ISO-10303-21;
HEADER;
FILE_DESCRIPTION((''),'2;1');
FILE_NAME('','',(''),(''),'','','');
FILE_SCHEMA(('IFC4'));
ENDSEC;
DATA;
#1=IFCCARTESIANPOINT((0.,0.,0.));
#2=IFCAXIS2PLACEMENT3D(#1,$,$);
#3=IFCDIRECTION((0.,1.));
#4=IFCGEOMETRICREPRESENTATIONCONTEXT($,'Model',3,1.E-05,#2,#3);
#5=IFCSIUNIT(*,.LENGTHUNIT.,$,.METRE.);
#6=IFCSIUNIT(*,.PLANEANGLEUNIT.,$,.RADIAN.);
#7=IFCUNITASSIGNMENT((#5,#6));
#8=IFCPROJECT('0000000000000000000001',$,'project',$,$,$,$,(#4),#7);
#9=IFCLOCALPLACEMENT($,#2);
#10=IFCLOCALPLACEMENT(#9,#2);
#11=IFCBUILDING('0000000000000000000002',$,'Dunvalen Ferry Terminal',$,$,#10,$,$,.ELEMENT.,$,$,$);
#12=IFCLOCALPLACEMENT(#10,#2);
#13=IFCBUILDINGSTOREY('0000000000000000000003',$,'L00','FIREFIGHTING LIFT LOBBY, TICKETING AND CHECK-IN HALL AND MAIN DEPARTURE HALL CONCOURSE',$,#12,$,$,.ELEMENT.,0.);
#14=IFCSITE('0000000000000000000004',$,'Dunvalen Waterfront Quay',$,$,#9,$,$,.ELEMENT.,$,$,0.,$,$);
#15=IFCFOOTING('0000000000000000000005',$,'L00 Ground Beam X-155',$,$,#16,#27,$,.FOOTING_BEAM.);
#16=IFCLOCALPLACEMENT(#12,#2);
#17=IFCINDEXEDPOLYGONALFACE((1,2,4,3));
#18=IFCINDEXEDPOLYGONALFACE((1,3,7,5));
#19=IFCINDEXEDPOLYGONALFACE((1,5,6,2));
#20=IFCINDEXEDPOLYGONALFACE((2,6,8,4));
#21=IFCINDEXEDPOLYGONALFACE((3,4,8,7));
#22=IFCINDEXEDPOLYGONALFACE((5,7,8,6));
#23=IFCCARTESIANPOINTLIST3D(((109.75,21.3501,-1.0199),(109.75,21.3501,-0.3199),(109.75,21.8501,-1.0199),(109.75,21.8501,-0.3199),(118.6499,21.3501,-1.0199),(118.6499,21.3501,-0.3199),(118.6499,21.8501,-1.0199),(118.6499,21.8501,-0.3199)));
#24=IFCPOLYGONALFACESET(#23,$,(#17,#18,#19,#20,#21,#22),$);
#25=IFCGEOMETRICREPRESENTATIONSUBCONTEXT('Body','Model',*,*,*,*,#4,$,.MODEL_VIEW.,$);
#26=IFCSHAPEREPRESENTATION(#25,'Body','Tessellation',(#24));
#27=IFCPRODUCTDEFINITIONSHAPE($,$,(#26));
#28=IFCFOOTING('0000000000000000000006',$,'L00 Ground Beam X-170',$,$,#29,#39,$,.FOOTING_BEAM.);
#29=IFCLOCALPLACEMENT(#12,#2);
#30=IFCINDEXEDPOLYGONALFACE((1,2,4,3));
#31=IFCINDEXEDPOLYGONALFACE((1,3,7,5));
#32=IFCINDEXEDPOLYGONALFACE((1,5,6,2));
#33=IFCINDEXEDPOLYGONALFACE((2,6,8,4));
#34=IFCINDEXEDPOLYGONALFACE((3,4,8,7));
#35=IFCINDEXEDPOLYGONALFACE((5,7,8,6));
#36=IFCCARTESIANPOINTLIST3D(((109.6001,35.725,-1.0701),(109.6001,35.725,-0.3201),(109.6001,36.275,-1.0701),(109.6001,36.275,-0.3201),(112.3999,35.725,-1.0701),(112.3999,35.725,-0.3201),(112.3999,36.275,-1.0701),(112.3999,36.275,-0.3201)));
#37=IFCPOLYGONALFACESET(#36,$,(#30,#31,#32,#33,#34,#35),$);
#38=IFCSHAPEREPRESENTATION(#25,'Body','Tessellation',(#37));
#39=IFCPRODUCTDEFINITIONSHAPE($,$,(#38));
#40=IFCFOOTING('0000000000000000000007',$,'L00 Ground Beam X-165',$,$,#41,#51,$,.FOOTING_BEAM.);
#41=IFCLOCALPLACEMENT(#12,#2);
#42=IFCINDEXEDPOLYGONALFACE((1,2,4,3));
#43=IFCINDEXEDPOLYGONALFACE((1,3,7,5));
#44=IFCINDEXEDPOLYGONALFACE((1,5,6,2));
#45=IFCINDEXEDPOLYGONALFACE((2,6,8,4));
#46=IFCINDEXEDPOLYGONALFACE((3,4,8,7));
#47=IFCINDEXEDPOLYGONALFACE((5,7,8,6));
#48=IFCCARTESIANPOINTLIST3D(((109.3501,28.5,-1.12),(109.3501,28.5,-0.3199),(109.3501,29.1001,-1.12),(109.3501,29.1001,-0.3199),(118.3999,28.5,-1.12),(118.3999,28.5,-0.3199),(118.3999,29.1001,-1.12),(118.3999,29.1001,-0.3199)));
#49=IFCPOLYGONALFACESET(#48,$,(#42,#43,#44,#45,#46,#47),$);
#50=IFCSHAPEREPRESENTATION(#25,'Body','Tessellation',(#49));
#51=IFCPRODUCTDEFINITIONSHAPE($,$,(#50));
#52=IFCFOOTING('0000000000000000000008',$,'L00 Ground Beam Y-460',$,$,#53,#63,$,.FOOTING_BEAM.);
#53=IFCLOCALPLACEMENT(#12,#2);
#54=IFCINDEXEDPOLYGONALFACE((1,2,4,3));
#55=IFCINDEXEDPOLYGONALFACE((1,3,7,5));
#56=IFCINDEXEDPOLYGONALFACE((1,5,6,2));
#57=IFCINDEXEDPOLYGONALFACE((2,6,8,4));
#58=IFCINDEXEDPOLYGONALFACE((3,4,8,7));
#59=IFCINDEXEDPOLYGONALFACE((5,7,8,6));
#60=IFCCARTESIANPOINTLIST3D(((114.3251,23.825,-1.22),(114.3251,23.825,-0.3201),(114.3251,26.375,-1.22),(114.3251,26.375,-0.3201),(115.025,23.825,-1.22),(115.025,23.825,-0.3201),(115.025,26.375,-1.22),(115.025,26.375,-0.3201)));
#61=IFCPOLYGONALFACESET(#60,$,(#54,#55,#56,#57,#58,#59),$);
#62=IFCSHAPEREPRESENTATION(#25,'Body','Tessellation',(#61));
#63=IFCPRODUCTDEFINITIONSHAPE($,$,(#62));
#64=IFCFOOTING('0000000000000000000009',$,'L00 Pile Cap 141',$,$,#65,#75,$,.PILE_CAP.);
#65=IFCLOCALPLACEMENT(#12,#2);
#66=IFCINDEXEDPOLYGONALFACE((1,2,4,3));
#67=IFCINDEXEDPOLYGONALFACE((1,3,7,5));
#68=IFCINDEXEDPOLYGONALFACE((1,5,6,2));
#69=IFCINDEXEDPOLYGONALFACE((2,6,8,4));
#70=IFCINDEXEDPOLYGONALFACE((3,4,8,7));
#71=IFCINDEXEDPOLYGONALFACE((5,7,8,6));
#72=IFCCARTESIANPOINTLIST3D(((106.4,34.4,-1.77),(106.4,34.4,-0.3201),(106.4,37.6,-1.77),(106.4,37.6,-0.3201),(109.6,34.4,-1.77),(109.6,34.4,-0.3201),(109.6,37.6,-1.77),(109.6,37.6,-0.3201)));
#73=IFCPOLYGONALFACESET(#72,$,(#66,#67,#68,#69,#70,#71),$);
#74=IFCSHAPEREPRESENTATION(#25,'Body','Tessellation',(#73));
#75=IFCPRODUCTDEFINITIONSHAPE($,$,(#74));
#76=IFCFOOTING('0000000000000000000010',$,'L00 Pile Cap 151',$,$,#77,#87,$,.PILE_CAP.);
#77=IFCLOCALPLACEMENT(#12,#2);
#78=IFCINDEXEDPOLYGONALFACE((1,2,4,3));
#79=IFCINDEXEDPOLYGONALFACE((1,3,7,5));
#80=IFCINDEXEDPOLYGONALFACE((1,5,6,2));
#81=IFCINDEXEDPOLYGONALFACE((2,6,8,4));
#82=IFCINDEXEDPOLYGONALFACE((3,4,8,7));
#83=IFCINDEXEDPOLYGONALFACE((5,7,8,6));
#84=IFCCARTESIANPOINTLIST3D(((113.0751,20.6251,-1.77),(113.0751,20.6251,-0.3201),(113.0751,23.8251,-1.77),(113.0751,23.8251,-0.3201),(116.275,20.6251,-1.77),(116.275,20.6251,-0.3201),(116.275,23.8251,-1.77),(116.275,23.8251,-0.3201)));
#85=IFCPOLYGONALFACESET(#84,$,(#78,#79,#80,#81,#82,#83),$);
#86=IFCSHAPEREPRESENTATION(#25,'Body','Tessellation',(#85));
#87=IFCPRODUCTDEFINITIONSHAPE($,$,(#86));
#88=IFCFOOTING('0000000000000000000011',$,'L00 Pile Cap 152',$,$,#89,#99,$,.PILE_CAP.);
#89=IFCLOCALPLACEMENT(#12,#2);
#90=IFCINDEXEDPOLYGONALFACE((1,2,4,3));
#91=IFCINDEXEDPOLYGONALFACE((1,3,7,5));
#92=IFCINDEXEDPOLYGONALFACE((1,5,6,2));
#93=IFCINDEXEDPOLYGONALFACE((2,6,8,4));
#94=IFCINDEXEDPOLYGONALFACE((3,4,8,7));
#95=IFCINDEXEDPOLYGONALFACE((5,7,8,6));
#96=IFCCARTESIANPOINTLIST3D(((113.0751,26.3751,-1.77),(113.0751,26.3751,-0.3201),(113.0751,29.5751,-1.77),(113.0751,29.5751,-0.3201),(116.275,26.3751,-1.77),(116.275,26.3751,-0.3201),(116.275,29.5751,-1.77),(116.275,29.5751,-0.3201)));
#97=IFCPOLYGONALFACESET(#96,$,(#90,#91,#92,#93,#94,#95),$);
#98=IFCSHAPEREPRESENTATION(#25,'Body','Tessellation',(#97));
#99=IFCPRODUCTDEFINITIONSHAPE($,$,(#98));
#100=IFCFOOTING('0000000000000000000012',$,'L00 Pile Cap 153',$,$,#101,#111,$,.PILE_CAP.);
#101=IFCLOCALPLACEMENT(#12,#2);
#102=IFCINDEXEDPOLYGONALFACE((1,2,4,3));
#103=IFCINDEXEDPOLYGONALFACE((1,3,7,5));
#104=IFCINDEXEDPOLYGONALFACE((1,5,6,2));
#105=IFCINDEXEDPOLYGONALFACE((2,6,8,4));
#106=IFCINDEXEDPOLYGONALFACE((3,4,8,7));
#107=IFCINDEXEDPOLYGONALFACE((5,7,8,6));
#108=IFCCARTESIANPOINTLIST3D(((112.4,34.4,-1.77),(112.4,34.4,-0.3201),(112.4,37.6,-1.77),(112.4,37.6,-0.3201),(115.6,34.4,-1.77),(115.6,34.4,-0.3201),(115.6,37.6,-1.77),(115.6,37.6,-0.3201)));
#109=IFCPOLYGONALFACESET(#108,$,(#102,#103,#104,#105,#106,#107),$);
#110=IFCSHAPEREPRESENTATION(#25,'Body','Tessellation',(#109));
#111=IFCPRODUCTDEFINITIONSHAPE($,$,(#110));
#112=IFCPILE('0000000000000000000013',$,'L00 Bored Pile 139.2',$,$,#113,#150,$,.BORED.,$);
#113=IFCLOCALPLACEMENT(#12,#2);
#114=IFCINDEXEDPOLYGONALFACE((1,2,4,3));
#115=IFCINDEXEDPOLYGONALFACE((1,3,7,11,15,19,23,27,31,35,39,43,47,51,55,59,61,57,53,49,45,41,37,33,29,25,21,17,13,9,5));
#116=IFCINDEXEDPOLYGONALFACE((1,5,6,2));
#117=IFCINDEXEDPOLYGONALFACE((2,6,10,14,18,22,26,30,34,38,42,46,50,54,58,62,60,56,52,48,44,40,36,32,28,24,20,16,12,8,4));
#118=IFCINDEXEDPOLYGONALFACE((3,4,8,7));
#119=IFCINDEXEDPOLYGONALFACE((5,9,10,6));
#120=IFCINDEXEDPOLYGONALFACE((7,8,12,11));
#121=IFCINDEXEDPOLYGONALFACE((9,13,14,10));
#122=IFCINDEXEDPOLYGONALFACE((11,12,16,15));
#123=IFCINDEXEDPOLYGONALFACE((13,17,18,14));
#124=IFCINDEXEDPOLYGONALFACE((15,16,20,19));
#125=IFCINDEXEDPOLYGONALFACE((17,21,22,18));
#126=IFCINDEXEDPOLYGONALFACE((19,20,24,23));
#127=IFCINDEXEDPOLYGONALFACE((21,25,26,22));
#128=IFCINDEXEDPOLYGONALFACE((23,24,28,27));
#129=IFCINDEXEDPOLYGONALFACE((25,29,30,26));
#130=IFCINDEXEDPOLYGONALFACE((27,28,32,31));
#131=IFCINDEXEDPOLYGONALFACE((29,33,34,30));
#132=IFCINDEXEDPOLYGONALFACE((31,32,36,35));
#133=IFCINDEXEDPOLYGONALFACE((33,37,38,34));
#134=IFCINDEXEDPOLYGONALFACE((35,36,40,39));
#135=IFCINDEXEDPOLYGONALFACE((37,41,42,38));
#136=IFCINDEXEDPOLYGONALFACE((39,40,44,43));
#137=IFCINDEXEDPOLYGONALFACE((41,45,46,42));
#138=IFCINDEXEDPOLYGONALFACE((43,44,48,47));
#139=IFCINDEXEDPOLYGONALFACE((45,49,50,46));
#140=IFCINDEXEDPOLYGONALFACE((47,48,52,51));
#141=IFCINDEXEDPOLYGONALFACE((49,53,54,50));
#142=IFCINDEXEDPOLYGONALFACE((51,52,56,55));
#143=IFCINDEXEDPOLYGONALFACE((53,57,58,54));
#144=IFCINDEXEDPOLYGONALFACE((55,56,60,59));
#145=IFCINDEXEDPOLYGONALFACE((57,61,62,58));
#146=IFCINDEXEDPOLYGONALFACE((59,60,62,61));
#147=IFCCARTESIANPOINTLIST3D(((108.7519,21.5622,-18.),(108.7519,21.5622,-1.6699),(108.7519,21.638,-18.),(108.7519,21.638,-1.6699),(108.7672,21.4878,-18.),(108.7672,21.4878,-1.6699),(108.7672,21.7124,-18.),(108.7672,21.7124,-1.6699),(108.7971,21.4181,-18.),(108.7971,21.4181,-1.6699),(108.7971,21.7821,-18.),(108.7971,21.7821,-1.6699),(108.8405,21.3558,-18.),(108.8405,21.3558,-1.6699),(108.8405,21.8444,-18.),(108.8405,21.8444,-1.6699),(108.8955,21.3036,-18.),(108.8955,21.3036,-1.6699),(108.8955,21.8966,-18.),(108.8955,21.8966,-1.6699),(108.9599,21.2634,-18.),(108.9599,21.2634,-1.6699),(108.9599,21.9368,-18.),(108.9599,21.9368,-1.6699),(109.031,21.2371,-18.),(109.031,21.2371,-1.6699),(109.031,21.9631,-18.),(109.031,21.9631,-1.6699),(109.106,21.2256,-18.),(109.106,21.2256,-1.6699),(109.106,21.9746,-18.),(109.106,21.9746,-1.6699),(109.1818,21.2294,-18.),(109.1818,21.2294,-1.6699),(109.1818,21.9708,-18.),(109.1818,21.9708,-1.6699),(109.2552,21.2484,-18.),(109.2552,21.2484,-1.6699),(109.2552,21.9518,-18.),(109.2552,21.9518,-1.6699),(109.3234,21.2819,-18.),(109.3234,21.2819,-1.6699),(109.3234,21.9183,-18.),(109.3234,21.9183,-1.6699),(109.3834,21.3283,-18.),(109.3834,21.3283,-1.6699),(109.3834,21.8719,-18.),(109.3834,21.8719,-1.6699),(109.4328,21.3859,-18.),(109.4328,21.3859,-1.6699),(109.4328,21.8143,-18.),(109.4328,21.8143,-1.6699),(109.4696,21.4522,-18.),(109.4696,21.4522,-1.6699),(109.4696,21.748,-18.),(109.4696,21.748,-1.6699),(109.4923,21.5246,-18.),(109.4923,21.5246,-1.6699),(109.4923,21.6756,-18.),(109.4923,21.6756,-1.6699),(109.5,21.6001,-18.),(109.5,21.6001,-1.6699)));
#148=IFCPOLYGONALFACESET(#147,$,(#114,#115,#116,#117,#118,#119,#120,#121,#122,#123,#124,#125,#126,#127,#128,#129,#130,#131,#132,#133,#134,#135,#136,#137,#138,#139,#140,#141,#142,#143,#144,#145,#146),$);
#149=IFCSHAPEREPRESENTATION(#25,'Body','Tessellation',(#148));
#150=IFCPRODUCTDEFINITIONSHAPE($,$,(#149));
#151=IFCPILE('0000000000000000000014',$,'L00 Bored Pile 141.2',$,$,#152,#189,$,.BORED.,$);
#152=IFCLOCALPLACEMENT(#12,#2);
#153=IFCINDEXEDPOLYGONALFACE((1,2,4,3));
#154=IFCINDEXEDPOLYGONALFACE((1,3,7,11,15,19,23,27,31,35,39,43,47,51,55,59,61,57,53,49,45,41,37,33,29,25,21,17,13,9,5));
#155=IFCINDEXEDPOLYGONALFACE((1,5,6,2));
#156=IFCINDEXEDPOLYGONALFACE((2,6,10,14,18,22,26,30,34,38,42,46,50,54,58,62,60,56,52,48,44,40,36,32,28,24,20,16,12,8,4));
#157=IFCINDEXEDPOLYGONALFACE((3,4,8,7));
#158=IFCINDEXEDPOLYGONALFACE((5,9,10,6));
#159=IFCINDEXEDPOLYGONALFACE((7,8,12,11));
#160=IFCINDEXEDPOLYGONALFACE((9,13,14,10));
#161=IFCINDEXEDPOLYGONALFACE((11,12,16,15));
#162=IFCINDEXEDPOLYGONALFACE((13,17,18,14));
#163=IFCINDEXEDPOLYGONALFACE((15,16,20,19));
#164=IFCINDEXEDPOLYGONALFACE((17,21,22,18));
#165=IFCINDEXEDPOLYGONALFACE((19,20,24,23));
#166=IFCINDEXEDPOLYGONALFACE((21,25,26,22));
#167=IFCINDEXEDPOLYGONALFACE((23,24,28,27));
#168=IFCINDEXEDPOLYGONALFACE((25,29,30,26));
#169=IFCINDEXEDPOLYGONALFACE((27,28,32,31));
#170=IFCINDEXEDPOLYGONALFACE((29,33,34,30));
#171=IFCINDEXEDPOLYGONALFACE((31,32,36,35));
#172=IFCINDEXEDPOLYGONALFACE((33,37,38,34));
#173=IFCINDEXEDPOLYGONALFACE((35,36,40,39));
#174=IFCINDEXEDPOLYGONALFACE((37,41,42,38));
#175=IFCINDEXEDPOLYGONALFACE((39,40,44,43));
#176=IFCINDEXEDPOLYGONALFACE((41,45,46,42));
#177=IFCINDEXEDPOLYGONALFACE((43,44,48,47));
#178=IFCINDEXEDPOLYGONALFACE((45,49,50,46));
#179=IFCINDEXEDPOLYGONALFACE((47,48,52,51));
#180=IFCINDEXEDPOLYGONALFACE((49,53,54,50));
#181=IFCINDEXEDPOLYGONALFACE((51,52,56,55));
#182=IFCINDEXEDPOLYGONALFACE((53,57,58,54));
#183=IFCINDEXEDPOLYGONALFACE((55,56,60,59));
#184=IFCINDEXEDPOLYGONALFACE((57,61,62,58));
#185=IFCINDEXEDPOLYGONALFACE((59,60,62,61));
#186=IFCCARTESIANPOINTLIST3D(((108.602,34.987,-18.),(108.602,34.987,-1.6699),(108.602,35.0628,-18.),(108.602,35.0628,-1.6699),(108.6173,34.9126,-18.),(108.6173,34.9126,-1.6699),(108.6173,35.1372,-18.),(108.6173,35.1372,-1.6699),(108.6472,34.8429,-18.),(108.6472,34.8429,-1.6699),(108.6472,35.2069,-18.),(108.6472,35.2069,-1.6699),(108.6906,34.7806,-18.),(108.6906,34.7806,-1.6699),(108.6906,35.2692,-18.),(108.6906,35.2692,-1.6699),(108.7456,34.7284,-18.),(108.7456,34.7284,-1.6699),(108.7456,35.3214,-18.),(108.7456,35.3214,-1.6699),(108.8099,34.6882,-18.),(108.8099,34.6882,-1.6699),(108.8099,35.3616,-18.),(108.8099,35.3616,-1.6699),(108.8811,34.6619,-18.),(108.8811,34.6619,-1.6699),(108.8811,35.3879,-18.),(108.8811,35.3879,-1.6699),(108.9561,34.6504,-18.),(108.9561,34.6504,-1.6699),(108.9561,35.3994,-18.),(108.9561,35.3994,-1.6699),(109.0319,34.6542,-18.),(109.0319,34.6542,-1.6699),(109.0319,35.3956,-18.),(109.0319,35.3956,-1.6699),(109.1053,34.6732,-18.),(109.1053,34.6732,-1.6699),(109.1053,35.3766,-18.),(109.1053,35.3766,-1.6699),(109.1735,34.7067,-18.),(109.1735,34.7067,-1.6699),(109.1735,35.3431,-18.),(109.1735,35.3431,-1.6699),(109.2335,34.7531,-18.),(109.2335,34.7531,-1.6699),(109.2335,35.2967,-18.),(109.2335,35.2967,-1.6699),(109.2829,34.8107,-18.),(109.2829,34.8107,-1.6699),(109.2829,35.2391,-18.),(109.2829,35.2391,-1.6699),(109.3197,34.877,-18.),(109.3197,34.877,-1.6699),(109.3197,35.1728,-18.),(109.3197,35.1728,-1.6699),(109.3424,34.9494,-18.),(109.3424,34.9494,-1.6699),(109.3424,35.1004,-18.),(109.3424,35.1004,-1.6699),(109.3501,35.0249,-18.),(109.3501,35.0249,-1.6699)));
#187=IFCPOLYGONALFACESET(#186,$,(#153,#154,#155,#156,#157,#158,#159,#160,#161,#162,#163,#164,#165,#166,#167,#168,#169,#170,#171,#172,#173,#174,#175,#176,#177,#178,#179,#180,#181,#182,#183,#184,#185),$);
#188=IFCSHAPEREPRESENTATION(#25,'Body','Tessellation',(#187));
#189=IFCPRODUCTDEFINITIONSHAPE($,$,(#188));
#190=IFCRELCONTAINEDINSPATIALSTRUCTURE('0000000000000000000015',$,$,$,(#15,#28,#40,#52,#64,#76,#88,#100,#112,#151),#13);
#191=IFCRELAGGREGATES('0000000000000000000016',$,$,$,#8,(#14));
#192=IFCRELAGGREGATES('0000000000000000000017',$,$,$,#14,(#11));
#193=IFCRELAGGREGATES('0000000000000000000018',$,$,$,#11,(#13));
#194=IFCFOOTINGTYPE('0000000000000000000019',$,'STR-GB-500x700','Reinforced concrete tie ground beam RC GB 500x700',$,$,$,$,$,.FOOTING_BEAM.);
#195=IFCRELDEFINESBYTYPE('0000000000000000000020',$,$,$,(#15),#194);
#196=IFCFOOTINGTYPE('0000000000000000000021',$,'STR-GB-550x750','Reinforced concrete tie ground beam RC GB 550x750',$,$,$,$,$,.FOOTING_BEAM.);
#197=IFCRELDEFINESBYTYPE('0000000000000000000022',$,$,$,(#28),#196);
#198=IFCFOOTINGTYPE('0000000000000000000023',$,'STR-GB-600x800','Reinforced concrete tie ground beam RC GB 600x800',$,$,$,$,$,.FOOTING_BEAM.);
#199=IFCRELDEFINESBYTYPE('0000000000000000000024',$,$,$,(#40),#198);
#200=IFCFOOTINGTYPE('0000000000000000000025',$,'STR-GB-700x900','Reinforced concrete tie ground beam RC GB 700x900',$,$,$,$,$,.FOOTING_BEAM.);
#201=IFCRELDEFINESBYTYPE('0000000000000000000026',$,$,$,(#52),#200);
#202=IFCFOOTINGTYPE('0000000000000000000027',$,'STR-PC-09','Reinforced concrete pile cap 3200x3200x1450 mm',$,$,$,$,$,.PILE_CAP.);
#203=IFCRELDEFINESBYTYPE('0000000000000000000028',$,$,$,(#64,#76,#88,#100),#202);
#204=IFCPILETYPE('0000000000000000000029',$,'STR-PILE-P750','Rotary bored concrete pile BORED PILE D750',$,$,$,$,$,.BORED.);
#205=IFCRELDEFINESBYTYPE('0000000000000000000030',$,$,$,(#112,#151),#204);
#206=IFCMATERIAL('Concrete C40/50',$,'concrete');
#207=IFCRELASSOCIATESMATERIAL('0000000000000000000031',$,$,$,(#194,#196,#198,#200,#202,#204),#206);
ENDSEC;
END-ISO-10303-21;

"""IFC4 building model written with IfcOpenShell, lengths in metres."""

from ifc_helpers import new_model, si_unit, direction, frame, origin, origin_2d, place, context, subcontext, project, spatial, rectangle, circle, extrude, material, material_profile, profile_set, type_object, element, save


model = new_model("IFC4")

# Units and contexts
model_context = context("Model", 3, precision=1e-05, world=origin(), true_north=direction((0.0, 1.0)))
body_context = subcontext(model_context, "Body", "Model", "MODEL_VIEW")
ifc_project = project(units=[si_unit("LENGTHUNIT", "METRE"), si_unit("PLANEANGLEUNIT", "RADIAN")], contexts=[model_context])

# Site, building, storey
site_placement = place(None, origin())
site = spatial("IfcSite", under=ifc_project, at=site_placement, Name="Dunvalen Waterfront Quay", CompositionType="ELEMENT", RefElevation=0.0)
building_placement = place(site_placement, origin())
building = spatial("IfcBuilding", under=site, at=building_placement, Name="Dunvalen Ferry Terminal", CompositionType="ELEMENT")
storey_placement = place(building_placement, origin())
storey = spatial("IfcBuildingStorey", under=building, at=storey_placement, Name="L00", Description="FIREFIGHTING LIFT LOBBY, TICKETING AND CHECK-IN HALL AND MAIN DEPARTURE HALL CONCOURSE", CompositionType="ELEMENT", Elevation=0.0)

# Footings
ifc_material_1 = material(Name="Concrete C40/50", Category="concrete")
ifc_material_profile_1 = material_profile(ifc_material_1, rectangle(XDim=0.5, YDim=0.7, at=origin_2d()), Name="Concrete C40/50")
ifc_profile_set_1 = profile_set([ifc_material_profile_1], Name="Concrete C40/50")
footing_type_1 = type_object("IfcFootingType", Name="STR-GB-500x700", Description="Reinforced concrete tie ground beam RC GB 500x700", PredefinedType="FOOTING_BEAM", material=ifc_profile_set_1)
footing_1_placement = place(storey_placement, frame((109.75, 21.6001, -0.6699), z_axis=(1.0, 0.0, 0.0), x_axis=(0.0, 1.0, 0.0)))
element("IfcFooting", 1, at=footing_1_placement, inside=storey, type_object=footing_type_1, Name="L00 Ground Beam X-155", PredefinedType="FOOTING_BEAM", context=body_context, shape_type="SweptSolid", body=[
    extrude(rectangle(XDim=0.5, YDim=0.7, at=origin_2d()), origin(), (0.0, 0.0, 1.0), 8.8999),
])
ifc_material_profile_2 = material_profile(ifc_material_1, rectangle(XDim=0.55, YDim=0.75, at=origin_2d()), Name="Concrete C40/50")
ifc_profile_set_2 = profile_set([ifc_material_profile_2], Name="Concrete C40/50")
footing_type_2 = type_object("IfcFootingType", Name="STR-GB-550x750", Description="Reinforced concrete tie ground beam RC GB 550x750", PredefinedType="FOOTING_BEAM", material=ifc_profile_set_2)
footing_2_placement = place(storey_placement, frame((109.6001, 36.0, -0.6951), z_axis=(1.0, 0.0, 0.0), x_axis=(0.0, 1.0, 0.0)))
element("IfcFooting", 2, at=footing_2_placement, inside=storey, type_object=footing_type_2, Name="L00 Ground Beam X-170", PredefinedType="FOOTING_BEAM", context=body_context, shape_type="SweptSolid", body=[
    extrude(rectangle(XDim=0.55, YDim=0.75, at=origin_2d()), origin(), (0.0, 0.0, 1.0), 2.7998),
])
ifc_material_profile_3 = material_profile(ifc_material_1, rectangle(XDim=0.6001, YDim=0.8, at=origin_2d()), Name="Concrete C40/50")
ifc_profile_set_3 = profile_set([ifc_material_profile_3], Name="Concrete C40/50")
footing_type_3 = type_object("IfcFootingType", Name="STR-GB-600x800", Description="Reinforced concrete tie ground beam RC GB 600x800", PredefinedType="FOOTING_BEAM", material=ifc_profile_set_3)
footing_3_placement = place(storey_placement, frame((109.3501, 28.8, -0.72), z_axis=(1.0, 0.0, 0.0), x_axis=(0.0, 1.0, 0.0)))
element("IfcFooting", 3, at=footing_3_placement, inside=storey, type_object=footing_type_3, Name="L00 Ground Beam X-165", PredefinedType="FOOTING_BEAM", context=body_context, shape_type="SweptSolid", body=[
    extrude(rectangle(XDim=0.6001, YDim=0.8, at=origin_2d()), origin(), (0.0, 0.0, 1.0), 9.0498),
])
ifc_material_profile_4 = material_profile(ifc_material_1, rectangle(XDim=0.7, YDim=0.8999, at=origin_2d()), Name="Concrete C40/50")
ifc_profile_set_4 = profile_set([ifc_material_profile_4], Name="Concrete C40/50")
footing_type_4 = type_object("IfcFootingType", Name="STR-GB-700x900", Description="Reinforced concrete tie ground beam RC GB 700x900", PredefinedType="FOOTING_BEAM", material=ifc_profile_set_4)
footing_4_placement = place(storey_placement, frame((114.675, 23.825, -0.77), z_axis=(0.0, 1.0, 0.0), x_axis=(-1.0, 0.0, 0.0)))
element("IfcFooting", 4, at=footing_4_placement, inside=storey, type_object=footing_type_4, Name="L00 Ground Beam Y-460", PredefinedType="FOOTING_BEAM", context=body_context, shape_type="SweptSolid", body=[
    extrude(rectangle(XDim=0.7, YDim=0.8999, at=origin_2d()), origin(), (0.0, 0.0, 1.0), 2.55),
])
footing_type_5 = type_object("IfcFootingType", Name="STR-PC-09", Description="Reinforced concrete pile cap 3200x3200x1450 mm", PredefinedType="PILE_CAP", material=ifc_material_1)
for number, where, z_axis, x_axis, name in (
    (5, (108.0, 36.0, -1.77), (0.0, 0.0, 1.0), (1.0, 0.0, 0.0), "L00 Pile Cap 141"),
    (6, (114.675, 22.2251, -1.77), (0.0, 0.0, 1.0), (1.0, 0.0, 0.0), "L00 Pile Cap 151"),
    (7, (114.675, 27.9751, -1.77), (0.0, 0.0, 1.0), (1.0, 0.0, 0.0), "L00 Pile Cap 152"),
    (8, (114.0, 36.0, -1.77), (0.0, 0.0, 1.0), (1.0, 0.0, 0.0), "L00 Pile Cap 153"),
):
    element("IfcFooting", number, at=place(storey_placement, frame(where, z_axis=z_axis, x_axis=x_axis)), inside=storey, type_object=footing_type_5, Name=name, PredefinedType="PILE_CAP", context=body_context, shape_type="SweptSolid", body=[
        extrude(rectangle(XDim=3.2, YDim=3.2, at=origin_2d()), origin(), (0.0, 0.0, 1.0), 1.45),
    ])

# Piles
ifc_material_profile_5 = material_profile(ifc_material_1, circle(Radius=0.375, at=origin_2d()), Name="Concrete C40/50")
ifc_profile_set_5 = profile_set([ifc_material_profile_5], Name="Concrete C40/50")
pile_type = type_object("IfcPileType", Name="STR-PILE-P750", Description="Rotary bored concrete pile BORED PILE D750", PredefinedType="BORED", material=ifc_profile_set_5)
for number, where, z_axis, x_axis, name in (
    (9, (109.125, 21.6001, -1.6699), (0.0, 0.0, -1.0), (1.0, 0.0, 0.0), "L00 Bored Pile 139.2"),
    (10, (108.9751, 35.0249, -1.6699), (0.0, 0.0, -1.0), (1.0, 0.0, 0.0), "L00 Bored Pile 141.2"),
):
    element("IfcPile", number, at=place(storey_placement, frame(where, z_axis=z_axis, x_axis=x_axis)), inside=storey, type_object=pile_type, Name=name, PredefinedType="BORED", context=body_context, shape_type="SweptSolid", body=[
        extrude(circle(Radius=0.375, at=origin_2d()), origin(), (0.0, 0.0, 1.0), 16.3301),
    ])

save(model, "model.ifc")
